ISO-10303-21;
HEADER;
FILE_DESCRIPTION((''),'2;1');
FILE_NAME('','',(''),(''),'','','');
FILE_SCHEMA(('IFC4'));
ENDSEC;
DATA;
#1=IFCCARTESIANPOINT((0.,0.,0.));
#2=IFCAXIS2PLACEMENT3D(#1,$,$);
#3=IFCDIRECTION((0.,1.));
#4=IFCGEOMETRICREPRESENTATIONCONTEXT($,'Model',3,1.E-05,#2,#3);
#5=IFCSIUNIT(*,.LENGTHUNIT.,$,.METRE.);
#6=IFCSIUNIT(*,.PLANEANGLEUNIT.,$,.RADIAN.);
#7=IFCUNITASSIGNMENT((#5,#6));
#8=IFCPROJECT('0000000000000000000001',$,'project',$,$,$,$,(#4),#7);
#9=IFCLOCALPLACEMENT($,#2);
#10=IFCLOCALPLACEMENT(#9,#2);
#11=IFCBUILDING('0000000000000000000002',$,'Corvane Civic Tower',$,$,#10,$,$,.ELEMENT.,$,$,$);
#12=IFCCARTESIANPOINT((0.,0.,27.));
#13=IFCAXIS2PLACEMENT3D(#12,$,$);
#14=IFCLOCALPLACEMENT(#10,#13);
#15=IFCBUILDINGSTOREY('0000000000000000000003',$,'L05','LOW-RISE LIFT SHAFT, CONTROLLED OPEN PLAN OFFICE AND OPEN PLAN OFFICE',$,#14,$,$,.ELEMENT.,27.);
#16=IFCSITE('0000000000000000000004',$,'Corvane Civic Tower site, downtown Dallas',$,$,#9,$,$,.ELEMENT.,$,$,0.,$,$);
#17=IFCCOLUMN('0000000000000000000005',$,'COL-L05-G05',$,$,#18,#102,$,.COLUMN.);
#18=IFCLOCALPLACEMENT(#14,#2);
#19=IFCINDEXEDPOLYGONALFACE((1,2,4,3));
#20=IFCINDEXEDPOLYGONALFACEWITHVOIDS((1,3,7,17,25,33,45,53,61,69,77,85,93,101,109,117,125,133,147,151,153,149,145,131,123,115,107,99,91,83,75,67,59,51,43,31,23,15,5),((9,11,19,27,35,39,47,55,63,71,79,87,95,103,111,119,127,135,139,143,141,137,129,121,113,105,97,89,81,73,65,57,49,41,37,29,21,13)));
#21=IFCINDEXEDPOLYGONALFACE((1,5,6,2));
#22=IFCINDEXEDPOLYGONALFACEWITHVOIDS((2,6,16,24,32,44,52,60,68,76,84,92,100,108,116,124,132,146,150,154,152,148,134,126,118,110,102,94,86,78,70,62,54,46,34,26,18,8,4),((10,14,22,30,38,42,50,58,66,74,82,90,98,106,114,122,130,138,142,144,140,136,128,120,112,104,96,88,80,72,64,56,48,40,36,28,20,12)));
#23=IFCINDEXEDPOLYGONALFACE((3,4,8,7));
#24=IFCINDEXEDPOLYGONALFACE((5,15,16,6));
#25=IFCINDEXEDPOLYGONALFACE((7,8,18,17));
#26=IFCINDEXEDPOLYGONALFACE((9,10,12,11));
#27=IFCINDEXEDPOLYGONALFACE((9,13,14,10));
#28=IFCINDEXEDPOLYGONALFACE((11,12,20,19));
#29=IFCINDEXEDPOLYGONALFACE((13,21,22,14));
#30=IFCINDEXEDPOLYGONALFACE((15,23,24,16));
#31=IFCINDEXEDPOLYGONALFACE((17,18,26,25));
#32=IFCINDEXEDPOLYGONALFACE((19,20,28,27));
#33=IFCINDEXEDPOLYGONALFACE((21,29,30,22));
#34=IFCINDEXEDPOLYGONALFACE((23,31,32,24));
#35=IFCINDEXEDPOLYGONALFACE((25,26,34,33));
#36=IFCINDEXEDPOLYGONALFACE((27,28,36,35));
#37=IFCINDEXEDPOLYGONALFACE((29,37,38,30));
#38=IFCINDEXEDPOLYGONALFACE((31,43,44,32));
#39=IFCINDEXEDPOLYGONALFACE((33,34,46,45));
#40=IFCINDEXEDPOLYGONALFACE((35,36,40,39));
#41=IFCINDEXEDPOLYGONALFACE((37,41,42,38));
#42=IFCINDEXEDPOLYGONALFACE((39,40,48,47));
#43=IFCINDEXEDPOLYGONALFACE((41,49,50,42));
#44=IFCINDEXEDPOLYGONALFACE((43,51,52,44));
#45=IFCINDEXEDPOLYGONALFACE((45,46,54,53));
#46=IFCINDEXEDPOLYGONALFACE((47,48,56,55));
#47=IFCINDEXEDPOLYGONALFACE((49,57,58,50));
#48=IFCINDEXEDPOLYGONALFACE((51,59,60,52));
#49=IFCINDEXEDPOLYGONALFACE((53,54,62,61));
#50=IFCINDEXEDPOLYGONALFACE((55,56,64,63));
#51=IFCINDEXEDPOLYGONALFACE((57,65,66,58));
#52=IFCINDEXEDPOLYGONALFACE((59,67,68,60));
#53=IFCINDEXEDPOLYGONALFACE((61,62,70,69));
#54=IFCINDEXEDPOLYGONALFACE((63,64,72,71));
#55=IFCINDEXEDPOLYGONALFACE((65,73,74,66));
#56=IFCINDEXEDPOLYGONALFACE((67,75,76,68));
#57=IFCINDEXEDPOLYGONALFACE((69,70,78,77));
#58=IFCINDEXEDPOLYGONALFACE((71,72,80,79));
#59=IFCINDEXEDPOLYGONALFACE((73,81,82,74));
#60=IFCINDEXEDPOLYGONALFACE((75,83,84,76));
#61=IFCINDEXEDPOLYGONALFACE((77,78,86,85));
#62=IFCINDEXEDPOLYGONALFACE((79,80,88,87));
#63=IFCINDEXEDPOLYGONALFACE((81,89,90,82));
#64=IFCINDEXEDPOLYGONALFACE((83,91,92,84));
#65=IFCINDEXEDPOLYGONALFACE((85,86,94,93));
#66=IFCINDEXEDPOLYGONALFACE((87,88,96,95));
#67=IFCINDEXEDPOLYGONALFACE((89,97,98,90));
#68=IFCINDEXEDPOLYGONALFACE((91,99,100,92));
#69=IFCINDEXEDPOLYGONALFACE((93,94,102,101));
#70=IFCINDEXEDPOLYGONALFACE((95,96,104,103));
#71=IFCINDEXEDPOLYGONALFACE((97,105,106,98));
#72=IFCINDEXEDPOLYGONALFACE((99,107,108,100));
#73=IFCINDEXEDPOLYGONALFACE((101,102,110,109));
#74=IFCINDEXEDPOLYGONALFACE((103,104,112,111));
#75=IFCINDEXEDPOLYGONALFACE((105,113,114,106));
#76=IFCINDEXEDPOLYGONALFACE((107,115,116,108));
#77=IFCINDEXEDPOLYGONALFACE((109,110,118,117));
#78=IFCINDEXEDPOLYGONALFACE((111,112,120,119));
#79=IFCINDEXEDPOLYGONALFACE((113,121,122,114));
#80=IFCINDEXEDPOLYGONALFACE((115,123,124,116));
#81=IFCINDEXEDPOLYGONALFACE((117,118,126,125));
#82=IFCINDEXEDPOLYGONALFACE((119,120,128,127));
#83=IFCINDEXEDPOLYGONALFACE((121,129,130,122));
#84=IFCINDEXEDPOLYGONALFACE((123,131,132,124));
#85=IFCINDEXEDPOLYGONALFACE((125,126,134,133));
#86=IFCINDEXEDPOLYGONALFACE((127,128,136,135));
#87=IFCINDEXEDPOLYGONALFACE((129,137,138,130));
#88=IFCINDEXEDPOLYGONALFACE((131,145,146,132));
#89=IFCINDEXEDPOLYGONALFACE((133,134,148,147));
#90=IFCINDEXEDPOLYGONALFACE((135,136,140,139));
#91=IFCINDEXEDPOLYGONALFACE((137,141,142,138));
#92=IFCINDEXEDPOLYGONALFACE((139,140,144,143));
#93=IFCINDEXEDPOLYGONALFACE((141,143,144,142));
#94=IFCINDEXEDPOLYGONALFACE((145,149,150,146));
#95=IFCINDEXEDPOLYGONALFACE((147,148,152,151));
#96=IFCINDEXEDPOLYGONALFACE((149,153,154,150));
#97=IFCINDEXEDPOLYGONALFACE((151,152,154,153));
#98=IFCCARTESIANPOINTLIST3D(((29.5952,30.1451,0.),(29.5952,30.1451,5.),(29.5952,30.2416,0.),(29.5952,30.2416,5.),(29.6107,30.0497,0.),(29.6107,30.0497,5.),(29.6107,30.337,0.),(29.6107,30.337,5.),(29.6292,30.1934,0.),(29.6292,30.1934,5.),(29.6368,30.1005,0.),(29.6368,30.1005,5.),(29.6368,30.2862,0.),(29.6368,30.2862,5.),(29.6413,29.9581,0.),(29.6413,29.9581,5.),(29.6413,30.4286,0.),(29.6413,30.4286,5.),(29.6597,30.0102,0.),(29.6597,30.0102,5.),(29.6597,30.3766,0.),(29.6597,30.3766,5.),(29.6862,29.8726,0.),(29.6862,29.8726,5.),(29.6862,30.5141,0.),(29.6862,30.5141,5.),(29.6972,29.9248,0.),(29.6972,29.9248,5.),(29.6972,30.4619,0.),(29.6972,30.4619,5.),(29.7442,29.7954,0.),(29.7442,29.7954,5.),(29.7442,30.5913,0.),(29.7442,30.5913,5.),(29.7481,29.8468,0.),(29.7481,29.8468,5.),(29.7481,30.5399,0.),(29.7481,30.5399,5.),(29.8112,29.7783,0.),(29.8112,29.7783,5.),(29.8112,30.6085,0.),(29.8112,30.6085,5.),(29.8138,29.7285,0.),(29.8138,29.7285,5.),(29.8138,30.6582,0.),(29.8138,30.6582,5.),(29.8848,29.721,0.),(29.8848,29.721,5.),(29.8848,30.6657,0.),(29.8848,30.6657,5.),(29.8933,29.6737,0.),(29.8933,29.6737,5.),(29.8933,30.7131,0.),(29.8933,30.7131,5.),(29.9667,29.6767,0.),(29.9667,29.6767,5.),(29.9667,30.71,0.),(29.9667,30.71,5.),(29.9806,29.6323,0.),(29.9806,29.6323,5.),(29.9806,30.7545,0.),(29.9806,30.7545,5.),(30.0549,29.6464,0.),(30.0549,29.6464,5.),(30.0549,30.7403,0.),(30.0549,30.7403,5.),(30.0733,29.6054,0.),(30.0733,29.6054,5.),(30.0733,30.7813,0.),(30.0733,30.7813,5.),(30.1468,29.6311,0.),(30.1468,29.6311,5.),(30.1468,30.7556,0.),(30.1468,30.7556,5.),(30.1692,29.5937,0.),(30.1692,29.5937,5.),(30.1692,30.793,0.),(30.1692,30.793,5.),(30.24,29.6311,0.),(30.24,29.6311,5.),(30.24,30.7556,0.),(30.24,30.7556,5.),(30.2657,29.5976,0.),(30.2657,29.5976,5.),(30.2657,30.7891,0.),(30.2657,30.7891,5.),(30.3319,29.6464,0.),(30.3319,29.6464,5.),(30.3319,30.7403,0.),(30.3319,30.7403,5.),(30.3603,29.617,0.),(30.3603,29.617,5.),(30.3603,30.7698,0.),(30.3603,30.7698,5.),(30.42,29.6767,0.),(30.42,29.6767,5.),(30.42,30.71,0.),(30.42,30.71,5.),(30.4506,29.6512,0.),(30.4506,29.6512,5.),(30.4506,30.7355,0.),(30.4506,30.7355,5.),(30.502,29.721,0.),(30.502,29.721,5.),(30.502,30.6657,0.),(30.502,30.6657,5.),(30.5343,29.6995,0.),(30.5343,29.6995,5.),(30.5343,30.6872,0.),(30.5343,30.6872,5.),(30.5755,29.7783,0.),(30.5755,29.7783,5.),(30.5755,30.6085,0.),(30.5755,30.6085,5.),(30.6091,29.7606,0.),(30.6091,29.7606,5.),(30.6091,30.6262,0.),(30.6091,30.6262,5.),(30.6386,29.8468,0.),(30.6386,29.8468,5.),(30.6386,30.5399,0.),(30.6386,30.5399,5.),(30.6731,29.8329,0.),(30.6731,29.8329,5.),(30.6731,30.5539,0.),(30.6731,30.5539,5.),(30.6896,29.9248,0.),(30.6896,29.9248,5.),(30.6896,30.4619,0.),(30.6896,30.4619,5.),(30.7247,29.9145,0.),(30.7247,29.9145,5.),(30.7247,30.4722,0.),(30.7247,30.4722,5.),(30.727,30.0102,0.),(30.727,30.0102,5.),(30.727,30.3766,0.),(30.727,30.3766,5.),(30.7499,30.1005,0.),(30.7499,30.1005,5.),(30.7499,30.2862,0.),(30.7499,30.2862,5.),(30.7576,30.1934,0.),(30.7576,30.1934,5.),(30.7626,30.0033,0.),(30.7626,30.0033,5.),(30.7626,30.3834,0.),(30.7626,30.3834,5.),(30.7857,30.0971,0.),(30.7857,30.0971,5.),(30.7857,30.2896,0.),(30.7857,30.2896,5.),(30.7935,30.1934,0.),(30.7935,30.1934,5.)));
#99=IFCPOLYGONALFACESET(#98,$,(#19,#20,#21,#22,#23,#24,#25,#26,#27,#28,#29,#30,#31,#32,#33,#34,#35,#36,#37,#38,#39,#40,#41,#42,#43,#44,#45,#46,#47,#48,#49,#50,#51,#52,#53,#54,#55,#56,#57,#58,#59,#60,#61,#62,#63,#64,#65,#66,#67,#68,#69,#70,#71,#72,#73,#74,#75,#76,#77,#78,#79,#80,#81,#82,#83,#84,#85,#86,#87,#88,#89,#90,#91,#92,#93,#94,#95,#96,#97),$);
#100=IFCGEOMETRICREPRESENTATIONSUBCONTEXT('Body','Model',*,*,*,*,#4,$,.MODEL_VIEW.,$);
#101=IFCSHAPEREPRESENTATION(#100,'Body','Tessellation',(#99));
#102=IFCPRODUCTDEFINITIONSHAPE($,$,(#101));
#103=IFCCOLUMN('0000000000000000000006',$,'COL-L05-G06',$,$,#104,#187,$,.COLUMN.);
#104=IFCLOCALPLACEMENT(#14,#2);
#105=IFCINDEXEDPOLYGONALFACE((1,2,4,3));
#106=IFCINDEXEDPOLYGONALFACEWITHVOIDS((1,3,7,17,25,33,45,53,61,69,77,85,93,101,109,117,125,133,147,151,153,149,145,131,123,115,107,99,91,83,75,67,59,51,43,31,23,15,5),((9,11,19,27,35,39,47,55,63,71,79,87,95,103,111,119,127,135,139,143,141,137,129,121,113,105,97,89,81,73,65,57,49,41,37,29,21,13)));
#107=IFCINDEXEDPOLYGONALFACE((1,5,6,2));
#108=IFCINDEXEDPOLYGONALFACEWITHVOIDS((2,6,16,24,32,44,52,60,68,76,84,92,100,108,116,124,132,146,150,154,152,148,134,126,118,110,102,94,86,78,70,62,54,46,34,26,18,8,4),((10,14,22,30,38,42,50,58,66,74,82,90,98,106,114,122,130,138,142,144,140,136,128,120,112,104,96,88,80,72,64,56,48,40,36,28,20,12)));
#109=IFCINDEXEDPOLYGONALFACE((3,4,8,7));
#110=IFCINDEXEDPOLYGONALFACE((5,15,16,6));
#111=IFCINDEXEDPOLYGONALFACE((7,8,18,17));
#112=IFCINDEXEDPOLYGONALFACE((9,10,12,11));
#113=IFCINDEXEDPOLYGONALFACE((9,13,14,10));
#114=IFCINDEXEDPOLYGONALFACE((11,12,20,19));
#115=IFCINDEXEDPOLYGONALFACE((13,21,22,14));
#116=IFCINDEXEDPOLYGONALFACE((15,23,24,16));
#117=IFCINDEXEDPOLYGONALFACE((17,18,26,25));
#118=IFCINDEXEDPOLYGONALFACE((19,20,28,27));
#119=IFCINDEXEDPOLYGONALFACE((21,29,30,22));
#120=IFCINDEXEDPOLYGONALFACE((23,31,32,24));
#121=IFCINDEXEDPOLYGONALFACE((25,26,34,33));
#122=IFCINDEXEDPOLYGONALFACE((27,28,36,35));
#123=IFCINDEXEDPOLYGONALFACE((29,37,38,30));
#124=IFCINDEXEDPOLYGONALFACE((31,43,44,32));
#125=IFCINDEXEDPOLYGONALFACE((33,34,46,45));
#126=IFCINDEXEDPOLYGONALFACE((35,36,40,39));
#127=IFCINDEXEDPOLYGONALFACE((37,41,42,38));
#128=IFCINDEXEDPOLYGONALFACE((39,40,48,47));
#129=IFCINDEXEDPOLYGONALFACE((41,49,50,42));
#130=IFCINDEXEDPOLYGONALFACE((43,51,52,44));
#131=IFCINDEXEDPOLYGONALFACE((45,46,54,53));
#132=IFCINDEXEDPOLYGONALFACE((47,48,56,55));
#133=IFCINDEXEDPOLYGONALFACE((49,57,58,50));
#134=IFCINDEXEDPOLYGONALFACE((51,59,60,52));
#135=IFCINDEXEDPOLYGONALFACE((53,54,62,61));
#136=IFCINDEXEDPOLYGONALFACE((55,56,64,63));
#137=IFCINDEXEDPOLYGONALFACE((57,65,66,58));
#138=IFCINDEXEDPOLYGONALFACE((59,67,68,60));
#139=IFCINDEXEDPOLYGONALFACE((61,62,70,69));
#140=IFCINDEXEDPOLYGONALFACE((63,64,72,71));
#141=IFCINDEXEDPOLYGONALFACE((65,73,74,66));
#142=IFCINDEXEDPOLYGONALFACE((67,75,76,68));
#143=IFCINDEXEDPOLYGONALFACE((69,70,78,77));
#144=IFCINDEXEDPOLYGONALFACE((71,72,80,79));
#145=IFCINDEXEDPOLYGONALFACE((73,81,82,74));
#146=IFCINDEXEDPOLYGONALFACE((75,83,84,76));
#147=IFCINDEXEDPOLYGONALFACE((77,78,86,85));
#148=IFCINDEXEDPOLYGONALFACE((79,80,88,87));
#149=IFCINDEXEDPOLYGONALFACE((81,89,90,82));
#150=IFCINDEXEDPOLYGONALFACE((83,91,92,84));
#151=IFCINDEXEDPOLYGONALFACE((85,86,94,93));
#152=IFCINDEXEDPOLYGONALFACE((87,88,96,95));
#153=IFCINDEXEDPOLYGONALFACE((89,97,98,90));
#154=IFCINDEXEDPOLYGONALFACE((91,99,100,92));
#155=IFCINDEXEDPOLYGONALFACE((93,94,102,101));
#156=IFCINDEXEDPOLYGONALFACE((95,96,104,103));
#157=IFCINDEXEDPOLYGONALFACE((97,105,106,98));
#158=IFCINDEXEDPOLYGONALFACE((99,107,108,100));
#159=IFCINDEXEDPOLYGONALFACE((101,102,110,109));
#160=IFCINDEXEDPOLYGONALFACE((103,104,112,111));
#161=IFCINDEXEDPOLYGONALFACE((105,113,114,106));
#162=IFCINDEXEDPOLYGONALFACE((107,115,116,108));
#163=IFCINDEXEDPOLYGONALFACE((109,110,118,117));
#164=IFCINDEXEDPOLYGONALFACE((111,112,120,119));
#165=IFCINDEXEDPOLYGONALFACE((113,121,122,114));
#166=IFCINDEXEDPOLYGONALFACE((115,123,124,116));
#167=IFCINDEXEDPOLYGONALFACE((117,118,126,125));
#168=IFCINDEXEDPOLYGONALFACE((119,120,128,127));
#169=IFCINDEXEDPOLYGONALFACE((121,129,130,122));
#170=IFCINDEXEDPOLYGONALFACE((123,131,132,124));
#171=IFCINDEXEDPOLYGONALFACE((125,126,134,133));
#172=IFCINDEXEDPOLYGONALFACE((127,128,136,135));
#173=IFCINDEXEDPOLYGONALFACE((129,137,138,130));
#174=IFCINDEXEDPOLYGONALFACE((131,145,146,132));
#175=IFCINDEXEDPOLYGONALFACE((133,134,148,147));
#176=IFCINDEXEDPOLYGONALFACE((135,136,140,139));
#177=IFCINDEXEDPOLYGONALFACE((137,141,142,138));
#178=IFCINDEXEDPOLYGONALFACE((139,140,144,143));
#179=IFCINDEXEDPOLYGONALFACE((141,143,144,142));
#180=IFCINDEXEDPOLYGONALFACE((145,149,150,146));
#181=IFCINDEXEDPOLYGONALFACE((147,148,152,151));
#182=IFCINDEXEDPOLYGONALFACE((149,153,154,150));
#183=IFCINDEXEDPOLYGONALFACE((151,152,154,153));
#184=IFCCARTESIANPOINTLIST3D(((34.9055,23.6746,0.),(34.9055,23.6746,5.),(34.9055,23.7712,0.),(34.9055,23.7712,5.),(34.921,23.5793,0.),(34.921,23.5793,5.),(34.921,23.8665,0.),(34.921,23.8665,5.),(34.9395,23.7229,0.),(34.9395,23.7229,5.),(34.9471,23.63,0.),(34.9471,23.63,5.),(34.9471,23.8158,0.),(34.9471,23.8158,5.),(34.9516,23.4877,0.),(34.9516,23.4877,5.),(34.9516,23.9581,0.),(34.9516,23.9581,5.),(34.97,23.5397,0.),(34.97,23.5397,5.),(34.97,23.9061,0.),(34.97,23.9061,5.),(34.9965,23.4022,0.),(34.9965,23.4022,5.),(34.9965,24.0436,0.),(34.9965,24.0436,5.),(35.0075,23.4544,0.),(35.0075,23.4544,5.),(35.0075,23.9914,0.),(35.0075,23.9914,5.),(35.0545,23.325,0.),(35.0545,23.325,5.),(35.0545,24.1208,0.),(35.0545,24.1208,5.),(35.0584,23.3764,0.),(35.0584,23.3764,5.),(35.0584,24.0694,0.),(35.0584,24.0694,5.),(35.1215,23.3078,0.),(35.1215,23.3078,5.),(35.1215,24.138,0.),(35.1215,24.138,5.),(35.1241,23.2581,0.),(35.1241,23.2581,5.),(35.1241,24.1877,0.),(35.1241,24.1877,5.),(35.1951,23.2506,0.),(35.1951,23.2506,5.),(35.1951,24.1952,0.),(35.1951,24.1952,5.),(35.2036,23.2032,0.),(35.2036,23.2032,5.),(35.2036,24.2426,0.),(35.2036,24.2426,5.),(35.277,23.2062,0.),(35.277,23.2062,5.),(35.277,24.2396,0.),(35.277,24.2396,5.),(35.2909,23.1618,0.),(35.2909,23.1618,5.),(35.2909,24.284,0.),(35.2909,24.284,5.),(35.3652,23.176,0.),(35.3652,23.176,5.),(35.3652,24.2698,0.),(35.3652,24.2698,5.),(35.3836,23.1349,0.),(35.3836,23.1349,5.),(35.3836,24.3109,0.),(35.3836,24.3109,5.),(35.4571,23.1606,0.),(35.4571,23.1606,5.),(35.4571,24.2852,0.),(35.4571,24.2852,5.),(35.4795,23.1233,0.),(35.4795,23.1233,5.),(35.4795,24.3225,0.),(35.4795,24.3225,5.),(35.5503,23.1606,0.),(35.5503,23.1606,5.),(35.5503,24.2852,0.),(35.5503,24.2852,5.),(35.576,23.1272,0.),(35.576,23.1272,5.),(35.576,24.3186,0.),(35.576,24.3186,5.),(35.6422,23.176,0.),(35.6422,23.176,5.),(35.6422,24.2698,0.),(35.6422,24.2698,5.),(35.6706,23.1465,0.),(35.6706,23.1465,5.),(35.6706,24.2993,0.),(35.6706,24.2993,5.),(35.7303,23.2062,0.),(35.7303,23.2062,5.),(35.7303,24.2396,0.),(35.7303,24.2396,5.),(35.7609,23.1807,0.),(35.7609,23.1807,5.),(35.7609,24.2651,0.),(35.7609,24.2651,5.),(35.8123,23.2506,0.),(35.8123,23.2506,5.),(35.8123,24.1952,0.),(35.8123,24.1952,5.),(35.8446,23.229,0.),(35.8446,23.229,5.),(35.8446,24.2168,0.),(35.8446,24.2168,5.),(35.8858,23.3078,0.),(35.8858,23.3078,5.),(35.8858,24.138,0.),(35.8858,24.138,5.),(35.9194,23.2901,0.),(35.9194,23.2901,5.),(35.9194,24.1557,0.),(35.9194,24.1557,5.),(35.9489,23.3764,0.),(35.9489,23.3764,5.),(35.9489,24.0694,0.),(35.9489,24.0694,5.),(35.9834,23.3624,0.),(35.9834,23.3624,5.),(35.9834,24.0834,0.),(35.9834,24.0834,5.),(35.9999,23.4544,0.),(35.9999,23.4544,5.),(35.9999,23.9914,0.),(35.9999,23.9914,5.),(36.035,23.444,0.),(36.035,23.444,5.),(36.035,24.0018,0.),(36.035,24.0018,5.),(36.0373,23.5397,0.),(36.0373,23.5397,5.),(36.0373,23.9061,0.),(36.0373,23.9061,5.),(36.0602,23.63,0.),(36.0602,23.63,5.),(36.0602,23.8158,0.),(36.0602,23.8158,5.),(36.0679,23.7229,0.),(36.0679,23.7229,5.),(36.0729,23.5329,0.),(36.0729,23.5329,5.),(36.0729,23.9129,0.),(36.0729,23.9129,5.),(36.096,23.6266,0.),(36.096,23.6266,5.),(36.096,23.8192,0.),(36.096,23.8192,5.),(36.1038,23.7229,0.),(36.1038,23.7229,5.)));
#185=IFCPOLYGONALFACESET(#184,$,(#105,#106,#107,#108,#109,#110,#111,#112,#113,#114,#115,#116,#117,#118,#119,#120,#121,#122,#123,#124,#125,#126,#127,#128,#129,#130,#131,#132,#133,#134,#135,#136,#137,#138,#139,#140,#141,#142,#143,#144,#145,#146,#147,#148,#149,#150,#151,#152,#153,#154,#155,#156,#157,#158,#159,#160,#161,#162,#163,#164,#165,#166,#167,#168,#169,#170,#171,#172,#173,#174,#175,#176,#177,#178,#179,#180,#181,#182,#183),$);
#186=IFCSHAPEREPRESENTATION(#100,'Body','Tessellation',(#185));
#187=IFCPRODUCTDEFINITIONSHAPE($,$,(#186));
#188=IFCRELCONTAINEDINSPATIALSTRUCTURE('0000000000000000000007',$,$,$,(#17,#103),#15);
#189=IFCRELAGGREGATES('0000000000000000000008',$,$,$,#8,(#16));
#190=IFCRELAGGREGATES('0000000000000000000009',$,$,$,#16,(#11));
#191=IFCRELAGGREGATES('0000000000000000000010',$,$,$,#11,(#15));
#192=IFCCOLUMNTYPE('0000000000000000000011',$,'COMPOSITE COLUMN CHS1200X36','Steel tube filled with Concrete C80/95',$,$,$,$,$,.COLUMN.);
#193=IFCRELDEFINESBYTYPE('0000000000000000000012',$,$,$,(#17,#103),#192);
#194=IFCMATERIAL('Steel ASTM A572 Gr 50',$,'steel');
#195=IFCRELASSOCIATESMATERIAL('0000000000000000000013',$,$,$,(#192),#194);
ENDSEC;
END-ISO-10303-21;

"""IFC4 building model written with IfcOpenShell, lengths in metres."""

from ifc_helpers import new_model, si_unit, direction, frame, origin, origin_2d, place, context, subcontext, project, spatial, hollow_circle, extrude, material, material_profile, profile_set, type_object, element, save


model = new_model("IFC4")

# Units and contexts
model_context = context("Model", 3, precision=1e-05, world=origin(), true_north=direction((0.0, 1.0)))
body_context = subcontext(model_context, "Body", "Model", "MODEL_VIEW")
ifc_project = project(units=[si_unit("LENGTHUNIT", "METRE"), si_unit("PLANEANGLEUNIT", "RADIAN")], contexts=[model_context])

# Site, building, storey
site_placement = place(None, origin())
site = spatial("IfcSite", under=ifc_project, at=site_placement, Name="Corvane Civic Tower site, downtown Dallas", CompositionType="ELEMENT", RefElevation=0.0)
building_placement = place(site_placement, origin())
building = spatial("IfcBuilding", under=site, at=building_placement, Name="Corvane Civic Tower", CompositionType="ELEMENT")
storey_placement = place(building_placement, frame((0.0, 0.0, 27.0)))
storey = spatial("IfcBuildingStorey", under=building, at=storey_placement, Name="L05", Description="LOW-RISE LIFT SHAFT, CONTROLLED OPEN PLAN OFFICE AND OPEN PLAN OFFICE", CompositionType="ELEMENT", Elevation=27.0)

# Columns
ifc_material_1 = material(Name="Steel ASTM A572 Gr 50", Category="steel")
ifc_material_profile_1 = material_profile(ifc_material_1, hollow_circle(Radius=0.6001, WallThickness=0.0359, at=origin_2d()), Name="CHS1200X36")
ifc_profile_set_1 = profile_set([ifc_material_profile_1], Name="Steel ASTM A572 Gr 50")
column_type_1 = type_object("IfcColumnType", Name="COMPOSITE COLUMN CHS1200X36", Description="Steel tube filled with Concrete C80/95", PredefinedType="COLUMN", material=ifc_profile_set_1)
for number, where, z_axis, x_axis, name in (
    (1, (30.1934, 30.1934, 0.0), (0.0, 0.0, 1.0), (1.0, 0.0, 0.0), "COL-L05-G05"),
    (2, (35.5037, 23.7229, 0.0), (0.0, 0.0, 1.0), (1.0, 0.0, 0.0), "COL-L05-G06"),
):
    element("IfcColumn", number, at=place(storey_placement, frame(where, z_axis=z_axis, x_axis=x_axis)), inside=storey, type_object=column_type_1, Name=name, PredefinedType="COLUMN", context=body_context, shape_type="SweptSolid", body=[
        extrude(hollow_circle(Radius=0.6001, WallThickness=0.0359, at=origin_2d()), origin(), (0.0, 0.0, 1.0), 5.0),
    ])

save(model, "model.ifc")
